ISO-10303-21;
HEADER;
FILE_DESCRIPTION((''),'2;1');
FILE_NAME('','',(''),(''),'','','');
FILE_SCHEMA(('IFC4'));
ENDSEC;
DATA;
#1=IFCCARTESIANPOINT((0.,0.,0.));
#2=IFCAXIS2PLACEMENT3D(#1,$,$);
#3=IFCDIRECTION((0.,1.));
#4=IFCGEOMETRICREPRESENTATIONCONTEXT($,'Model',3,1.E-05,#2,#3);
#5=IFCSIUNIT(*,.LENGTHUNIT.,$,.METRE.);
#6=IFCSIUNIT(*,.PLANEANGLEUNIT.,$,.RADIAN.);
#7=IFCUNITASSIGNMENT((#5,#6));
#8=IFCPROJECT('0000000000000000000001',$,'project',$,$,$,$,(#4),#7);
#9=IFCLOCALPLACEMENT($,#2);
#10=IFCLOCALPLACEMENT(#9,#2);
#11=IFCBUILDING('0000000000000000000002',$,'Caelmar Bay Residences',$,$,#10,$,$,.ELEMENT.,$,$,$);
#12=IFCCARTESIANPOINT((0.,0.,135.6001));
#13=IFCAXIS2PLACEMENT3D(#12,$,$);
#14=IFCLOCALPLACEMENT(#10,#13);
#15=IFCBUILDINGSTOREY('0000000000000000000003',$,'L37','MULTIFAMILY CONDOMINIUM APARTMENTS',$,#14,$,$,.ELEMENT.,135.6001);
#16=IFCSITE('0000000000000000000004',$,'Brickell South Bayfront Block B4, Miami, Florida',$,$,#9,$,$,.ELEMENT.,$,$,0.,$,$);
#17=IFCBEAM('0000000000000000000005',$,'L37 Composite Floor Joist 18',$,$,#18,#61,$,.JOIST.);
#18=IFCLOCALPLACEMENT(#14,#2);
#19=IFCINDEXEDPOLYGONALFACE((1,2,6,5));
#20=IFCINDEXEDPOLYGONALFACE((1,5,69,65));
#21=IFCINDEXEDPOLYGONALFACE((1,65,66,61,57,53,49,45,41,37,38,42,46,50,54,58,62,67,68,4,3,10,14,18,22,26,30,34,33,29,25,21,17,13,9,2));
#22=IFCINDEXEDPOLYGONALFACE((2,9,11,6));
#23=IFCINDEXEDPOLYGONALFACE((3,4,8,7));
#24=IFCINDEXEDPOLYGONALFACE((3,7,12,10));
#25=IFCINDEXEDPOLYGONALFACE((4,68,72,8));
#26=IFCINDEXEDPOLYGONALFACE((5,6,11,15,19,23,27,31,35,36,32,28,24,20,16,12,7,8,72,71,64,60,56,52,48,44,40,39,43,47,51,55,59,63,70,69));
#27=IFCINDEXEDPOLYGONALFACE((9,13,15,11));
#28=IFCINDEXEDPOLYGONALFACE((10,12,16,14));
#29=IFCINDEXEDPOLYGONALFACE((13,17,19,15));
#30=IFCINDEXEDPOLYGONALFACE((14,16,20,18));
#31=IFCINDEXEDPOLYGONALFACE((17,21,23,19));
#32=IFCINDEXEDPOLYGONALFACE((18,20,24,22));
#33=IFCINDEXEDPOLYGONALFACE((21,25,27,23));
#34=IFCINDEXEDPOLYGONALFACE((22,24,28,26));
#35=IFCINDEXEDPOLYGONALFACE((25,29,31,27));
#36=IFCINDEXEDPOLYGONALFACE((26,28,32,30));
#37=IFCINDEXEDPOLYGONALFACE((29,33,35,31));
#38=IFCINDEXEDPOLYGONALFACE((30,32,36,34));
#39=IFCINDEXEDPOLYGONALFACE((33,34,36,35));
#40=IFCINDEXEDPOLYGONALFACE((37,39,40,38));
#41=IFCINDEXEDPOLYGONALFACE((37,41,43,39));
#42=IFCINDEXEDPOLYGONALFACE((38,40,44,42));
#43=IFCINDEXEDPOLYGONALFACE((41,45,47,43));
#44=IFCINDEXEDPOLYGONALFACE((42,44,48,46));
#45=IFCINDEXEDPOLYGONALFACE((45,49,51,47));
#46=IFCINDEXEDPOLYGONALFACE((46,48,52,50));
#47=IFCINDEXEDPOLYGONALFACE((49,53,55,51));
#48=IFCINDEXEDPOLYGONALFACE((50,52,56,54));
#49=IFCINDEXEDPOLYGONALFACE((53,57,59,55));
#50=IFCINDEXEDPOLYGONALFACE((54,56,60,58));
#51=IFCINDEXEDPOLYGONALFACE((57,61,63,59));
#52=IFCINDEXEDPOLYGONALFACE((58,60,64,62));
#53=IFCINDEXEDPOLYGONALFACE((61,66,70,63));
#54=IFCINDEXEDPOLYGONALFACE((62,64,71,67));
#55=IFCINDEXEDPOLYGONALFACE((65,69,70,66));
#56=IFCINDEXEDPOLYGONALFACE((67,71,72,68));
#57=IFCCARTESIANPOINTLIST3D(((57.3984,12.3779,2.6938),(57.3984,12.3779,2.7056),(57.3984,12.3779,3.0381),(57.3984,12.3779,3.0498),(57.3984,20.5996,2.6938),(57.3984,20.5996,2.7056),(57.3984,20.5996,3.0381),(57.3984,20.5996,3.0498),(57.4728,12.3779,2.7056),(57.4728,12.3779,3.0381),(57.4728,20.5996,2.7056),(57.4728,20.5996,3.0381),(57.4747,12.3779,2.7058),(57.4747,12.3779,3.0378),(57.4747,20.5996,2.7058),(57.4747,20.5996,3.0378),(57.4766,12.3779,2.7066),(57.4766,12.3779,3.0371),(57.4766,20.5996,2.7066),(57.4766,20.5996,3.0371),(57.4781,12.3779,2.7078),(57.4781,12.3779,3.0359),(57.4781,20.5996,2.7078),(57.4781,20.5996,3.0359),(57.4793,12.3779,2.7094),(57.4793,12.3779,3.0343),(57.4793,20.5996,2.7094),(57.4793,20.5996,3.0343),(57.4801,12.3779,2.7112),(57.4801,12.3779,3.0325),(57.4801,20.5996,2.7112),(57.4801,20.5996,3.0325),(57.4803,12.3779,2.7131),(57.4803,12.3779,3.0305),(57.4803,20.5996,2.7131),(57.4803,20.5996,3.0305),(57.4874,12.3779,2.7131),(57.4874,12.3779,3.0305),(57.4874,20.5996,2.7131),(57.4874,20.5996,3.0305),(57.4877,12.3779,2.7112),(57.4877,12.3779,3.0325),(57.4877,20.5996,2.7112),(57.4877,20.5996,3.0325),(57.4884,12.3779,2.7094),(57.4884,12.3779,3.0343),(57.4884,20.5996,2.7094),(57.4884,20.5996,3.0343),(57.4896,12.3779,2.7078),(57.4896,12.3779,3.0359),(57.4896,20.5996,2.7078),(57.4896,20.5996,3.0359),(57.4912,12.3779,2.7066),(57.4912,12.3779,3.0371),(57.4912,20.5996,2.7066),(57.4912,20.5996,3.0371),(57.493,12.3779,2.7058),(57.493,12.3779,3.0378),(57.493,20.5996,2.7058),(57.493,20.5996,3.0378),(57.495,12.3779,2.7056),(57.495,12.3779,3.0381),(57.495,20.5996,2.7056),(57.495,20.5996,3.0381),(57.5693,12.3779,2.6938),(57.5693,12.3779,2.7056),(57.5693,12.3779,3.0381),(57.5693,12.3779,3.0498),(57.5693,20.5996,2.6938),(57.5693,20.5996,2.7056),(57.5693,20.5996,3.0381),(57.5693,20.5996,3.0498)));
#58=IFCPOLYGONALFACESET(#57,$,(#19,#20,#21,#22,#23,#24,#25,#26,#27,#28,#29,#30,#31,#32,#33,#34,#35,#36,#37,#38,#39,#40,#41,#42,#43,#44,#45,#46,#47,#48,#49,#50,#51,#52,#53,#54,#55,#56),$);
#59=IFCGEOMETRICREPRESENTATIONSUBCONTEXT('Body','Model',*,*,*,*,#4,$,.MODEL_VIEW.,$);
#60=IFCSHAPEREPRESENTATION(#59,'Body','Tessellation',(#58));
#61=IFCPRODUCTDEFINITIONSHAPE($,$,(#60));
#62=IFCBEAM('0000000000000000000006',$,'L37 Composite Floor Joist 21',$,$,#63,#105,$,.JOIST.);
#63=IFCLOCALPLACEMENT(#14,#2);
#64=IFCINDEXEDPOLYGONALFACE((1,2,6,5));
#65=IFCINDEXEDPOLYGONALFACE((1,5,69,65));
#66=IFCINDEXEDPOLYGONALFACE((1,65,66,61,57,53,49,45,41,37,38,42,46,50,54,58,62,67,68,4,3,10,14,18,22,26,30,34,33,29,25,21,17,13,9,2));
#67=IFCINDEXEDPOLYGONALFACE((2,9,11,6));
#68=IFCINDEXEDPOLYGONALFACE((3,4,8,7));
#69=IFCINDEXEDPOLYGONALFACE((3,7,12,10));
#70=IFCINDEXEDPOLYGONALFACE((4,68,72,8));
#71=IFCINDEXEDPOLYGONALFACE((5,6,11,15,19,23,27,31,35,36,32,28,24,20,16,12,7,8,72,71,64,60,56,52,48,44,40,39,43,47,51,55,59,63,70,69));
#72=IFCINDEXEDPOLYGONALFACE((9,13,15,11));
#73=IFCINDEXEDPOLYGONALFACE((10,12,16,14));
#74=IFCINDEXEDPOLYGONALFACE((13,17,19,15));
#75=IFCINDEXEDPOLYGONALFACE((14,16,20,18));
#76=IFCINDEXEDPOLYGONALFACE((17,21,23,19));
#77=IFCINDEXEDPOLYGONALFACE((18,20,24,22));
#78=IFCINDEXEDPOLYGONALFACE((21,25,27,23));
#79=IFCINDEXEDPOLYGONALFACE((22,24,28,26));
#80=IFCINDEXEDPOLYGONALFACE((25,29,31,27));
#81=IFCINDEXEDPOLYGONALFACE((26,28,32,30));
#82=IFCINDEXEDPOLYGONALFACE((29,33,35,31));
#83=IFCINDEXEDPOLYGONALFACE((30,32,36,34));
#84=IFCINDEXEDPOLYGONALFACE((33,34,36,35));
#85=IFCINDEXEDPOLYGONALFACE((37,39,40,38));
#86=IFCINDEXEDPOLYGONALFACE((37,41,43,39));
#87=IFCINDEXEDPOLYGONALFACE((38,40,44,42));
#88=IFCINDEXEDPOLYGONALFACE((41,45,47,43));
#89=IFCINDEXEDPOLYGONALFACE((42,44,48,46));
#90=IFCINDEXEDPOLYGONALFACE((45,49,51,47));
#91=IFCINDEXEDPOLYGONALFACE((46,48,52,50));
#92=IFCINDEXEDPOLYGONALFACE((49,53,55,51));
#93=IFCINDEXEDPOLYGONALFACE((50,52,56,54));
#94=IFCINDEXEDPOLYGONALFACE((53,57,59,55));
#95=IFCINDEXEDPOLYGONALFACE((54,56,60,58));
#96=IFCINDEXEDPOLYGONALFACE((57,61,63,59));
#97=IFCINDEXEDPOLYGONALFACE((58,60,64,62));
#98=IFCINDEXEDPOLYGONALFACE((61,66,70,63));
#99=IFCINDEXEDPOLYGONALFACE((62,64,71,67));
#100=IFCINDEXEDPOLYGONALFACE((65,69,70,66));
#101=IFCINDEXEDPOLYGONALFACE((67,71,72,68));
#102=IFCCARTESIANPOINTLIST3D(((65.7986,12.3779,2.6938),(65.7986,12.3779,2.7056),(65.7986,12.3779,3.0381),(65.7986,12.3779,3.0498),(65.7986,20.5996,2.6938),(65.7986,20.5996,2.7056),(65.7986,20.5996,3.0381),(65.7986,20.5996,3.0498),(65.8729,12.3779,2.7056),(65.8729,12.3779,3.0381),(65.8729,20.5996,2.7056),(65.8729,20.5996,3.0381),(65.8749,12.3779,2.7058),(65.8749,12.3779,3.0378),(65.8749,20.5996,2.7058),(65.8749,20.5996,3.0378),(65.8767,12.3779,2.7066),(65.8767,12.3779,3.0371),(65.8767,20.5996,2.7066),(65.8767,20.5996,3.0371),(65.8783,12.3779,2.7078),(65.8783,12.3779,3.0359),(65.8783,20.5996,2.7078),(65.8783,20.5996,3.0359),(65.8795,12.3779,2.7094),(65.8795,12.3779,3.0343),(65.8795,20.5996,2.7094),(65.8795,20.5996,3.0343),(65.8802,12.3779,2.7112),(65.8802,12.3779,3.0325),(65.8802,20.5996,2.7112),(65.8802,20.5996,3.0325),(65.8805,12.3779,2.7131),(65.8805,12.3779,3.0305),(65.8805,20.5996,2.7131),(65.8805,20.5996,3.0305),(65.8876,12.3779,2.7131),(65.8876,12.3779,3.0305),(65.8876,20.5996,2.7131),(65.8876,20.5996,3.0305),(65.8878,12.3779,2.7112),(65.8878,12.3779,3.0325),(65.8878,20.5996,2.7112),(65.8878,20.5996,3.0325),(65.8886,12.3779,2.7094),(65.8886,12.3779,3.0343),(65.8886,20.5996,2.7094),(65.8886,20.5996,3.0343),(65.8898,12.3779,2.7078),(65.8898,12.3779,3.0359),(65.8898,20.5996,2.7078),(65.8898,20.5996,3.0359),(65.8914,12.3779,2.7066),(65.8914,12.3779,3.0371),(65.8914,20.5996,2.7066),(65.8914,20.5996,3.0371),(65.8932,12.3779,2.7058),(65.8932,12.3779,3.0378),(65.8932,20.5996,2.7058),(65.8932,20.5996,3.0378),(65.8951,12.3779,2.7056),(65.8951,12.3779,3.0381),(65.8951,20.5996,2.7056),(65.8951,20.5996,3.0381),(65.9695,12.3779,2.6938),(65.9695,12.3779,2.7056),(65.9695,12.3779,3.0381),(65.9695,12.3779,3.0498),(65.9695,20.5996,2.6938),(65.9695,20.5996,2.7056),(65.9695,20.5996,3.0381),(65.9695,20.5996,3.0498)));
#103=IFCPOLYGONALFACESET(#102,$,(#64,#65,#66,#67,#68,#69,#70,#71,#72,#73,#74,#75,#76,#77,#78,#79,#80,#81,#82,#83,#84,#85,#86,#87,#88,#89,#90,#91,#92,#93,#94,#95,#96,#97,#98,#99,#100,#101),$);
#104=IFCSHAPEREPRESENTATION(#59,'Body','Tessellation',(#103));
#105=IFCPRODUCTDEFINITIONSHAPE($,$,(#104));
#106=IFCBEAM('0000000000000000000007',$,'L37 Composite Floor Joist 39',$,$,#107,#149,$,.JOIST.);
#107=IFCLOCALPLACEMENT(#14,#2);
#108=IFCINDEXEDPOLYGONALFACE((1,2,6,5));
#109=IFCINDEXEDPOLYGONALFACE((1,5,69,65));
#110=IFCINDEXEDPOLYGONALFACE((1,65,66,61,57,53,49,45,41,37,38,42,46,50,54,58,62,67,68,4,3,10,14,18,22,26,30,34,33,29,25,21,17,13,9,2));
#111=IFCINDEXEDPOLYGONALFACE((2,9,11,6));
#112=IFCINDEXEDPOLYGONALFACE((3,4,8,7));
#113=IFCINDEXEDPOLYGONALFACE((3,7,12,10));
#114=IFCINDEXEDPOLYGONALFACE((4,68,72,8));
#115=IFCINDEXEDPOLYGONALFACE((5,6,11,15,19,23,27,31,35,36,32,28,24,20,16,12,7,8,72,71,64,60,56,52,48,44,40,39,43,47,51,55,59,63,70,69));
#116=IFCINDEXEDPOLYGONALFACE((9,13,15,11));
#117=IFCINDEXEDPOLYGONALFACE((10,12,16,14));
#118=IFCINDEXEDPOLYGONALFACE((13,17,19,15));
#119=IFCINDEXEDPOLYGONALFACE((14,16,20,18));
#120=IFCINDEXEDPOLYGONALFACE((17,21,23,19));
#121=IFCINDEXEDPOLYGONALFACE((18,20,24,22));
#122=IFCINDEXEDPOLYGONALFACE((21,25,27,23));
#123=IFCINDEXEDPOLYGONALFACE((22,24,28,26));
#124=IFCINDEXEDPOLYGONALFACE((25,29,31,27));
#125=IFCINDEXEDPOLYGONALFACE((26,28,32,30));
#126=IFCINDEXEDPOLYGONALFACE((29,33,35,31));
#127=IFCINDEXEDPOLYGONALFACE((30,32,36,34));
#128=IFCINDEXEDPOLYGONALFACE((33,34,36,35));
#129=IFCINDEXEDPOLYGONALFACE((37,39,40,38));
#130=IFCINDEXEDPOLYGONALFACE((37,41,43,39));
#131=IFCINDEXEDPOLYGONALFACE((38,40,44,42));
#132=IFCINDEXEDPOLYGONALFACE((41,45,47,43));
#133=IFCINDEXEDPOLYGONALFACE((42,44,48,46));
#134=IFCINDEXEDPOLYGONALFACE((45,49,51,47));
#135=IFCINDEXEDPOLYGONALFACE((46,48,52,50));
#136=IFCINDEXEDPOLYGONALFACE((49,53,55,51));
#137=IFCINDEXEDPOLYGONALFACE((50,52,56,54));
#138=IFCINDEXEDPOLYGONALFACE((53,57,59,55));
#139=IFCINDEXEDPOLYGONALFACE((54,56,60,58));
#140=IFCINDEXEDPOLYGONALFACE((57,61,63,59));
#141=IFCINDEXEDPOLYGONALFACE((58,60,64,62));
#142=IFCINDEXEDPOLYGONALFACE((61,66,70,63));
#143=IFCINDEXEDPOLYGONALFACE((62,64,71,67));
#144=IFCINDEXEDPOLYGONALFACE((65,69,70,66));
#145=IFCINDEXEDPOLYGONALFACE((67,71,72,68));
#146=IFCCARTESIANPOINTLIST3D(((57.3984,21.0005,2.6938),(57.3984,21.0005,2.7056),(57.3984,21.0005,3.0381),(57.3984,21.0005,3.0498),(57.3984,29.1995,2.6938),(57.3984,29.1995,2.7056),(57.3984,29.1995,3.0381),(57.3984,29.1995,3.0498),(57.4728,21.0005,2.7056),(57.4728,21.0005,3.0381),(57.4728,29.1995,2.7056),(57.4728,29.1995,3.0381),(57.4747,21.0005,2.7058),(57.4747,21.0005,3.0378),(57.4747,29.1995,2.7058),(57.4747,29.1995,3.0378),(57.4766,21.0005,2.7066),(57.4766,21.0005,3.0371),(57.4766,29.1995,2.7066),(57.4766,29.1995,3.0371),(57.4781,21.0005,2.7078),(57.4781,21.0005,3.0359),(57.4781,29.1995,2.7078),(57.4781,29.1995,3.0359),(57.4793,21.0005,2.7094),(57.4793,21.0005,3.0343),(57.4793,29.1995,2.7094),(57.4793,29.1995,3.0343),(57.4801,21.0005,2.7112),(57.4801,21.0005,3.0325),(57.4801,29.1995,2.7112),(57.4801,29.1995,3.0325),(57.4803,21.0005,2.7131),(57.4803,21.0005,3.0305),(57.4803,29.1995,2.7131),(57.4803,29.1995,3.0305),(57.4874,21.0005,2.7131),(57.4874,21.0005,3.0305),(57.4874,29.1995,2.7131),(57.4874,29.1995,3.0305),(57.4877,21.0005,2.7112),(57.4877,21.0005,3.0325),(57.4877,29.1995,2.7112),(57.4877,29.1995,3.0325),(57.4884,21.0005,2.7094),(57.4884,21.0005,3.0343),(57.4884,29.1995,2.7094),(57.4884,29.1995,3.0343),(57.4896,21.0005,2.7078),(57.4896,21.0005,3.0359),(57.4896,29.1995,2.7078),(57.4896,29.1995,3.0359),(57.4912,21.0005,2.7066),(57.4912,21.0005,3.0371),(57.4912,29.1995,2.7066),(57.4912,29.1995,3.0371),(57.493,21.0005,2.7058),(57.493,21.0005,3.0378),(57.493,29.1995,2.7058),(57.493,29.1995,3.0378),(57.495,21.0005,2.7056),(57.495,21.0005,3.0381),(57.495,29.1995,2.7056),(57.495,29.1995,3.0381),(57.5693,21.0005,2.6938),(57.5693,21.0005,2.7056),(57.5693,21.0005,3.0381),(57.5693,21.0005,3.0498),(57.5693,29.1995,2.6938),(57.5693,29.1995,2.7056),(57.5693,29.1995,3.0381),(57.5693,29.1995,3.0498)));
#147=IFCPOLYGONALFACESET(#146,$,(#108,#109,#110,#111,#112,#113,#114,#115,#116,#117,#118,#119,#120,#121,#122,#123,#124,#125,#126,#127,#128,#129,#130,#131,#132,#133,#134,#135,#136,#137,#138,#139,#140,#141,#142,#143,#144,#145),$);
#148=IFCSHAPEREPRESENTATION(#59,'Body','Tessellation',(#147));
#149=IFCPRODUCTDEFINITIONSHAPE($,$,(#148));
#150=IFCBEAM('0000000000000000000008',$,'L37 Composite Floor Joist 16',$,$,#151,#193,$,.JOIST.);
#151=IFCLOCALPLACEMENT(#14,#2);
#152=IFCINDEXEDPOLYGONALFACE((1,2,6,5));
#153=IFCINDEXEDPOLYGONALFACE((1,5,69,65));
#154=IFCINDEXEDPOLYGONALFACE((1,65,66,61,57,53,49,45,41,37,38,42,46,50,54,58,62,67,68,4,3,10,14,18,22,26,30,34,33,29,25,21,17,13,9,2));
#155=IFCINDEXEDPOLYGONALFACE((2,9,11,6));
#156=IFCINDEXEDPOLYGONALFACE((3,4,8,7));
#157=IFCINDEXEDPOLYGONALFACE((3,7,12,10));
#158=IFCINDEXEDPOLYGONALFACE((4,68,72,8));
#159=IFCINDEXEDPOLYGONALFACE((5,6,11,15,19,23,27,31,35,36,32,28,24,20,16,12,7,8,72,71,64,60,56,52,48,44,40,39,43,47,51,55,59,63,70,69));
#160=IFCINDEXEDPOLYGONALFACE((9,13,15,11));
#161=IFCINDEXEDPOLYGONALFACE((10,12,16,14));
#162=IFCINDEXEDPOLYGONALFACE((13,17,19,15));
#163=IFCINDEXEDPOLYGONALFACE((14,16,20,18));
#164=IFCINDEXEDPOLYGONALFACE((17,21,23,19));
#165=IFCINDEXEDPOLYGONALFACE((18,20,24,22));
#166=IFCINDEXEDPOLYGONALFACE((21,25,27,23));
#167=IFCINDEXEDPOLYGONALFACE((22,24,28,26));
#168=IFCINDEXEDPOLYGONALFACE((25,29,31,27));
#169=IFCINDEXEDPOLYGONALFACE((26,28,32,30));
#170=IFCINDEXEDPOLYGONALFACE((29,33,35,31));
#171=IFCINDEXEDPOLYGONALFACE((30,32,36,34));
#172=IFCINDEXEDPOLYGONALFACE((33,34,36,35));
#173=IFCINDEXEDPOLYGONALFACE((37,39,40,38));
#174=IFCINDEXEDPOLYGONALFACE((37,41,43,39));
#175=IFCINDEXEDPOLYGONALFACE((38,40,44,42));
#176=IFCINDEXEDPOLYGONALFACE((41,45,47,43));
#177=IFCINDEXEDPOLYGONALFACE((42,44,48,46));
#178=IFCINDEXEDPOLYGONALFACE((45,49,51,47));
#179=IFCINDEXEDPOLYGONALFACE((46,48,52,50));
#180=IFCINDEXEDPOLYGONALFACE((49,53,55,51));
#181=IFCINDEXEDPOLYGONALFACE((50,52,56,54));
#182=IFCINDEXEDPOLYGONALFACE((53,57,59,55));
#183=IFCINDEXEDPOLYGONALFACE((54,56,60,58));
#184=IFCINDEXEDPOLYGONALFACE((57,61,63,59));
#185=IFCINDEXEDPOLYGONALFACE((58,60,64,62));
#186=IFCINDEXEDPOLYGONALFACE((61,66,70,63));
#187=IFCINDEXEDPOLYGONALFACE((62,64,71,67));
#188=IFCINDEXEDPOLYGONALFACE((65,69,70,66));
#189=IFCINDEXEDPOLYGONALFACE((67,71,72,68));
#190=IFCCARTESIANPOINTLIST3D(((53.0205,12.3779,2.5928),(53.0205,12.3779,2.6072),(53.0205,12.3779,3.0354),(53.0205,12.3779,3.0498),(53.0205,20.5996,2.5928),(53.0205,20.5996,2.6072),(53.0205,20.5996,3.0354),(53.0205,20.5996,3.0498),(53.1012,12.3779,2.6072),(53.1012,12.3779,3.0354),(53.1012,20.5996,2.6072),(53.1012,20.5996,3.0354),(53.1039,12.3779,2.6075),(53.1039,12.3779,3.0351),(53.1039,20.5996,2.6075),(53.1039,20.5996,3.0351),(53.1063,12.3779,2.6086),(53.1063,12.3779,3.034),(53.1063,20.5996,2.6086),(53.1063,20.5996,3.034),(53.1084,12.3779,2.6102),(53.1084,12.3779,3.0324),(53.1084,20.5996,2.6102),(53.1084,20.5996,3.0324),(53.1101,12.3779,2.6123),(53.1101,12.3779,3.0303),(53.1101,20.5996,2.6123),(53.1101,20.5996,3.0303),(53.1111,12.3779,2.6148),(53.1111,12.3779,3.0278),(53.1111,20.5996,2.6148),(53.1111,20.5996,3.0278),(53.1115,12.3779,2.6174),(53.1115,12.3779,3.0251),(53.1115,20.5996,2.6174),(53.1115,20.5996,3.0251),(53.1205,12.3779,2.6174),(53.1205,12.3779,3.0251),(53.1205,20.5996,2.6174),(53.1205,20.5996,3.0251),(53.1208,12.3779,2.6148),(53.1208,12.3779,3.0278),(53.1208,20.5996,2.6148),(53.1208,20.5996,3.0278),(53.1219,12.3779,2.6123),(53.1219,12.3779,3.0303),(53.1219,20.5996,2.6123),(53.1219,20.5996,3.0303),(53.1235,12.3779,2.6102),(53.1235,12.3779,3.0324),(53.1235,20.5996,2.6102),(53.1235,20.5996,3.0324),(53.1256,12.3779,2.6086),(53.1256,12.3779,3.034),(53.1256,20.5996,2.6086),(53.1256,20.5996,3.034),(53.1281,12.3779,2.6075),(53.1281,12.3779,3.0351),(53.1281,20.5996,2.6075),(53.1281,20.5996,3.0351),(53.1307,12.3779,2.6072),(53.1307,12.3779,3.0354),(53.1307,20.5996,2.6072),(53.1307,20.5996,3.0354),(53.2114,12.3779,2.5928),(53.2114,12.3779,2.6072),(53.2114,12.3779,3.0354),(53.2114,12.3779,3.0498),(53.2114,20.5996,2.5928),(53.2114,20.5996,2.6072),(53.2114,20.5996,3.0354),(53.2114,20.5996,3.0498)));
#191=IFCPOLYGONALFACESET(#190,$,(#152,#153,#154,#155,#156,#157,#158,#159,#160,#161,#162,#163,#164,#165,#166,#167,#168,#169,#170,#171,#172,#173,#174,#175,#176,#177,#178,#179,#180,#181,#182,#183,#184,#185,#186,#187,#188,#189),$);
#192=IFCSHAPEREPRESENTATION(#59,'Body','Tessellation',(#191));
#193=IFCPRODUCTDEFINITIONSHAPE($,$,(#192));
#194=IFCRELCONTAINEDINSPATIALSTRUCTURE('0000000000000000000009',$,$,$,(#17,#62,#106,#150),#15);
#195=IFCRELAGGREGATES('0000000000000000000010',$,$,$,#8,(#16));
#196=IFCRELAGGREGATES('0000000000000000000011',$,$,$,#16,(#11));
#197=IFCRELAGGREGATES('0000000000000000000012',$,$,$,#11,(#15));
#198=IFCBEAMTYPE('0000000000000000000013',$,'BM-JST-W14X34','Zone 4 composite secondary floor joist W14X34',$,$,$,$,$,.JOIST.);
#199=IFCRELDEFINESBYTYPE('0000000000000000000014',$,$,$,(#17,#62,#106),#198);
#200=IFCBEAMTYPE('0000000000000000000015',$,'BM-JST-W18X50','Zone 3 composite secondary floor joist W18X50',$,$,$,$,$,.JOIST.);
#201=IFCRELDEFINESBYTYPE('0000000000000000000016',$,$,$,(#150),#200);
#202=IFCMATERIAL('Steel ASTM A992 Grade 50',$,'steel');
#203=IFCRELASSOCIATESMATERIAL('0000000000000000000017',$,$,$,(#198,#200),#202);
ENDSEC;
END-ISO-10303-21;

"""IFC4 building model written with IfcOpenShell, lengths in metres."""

from ifc_helpers import new_model, si_unit, direction, frame, origin, origin_2d, place, context, subcontext, project, spatial, i_section, extrude, material, material_profile, profile_set, type_object, element, save


model = new_model("IFC4")

# Units and contexts
model_context = context("Model", 3, precision=1e-05, world=origin(), true_north=direction((0.0, 1.0)))
body_context = subcontext(model_context, "Body", "Model", "MODEL_VIEW")
ifc_project = project(units=[si_unit("LENGTHUNIT", "METRE"), si_unit("PLANEANGLEUNIT", "RADIAN")], contexts=[model_context])

# Site, building, storey
site_placement = place(None, origin())
site = spatial("IfcSite", under=ifc_project, at=site_placement, Name="Brickell South Bayfront Block B4, Miami, Florida", CompositionType="ELEMENT", RefElevation=0.0)
building_placement = place(site_placement, origin())
building = spatial("IfcBuilding", under=site, at=building_placement, Name="Caelmar Bay Residences", CompositionType="ELEMENT")
storey_placement = place(building_placement, frame((0.0, 0.0, 135.6001)))
storey = spatial("IfcBuildingStorey", under=building, at=storey_placement, Name="L37", Description="MULTIFAMILY CONDOMINIUM APARTMENTS", CompositionType="ELEMENT", Elevation=135.6001)

# Beams
ifc_material_1 = material(Name="Steel ASTM A992 Grade 50", Category="steel")
ifc_material_profile_1 = material_profile(ifc_material_1, i_section(OverallWidth=0.1709, OverallDepth=0.356, WebThickness=0.0071, FlangeThickness=0.0117, FilletRadius=0.0076, at=origin_2d()), Name="W14X34")
ifc_profile_set_1 = profile_set([ifc_material_profile_1], Name="Steel ASTM A992 Grade 50")
beam_type_1 = type_object("IfcBeamType", Name="BM-JST-W14X34", Description="Zone 4 composite secondary floor joist W14X34", PredefinedType="JOIST", material=ifc_profile_set_1)
for number, where, z_axis, x_axis, name in (
    (1, (57.4839, 12.3779, 2.8718), (0.0, 1.0, 0.0), (-1.0, 0.0, 0.0), "L37 Composite Floor Joist 18"),
    (2, (65.884, 12.3779, 2.8718), (0.0, 1.0, 0.0), (-1.0, 0.0, 0.0), "L37 Composite Floor Joist 21"),
):
    element("IfcBeam", number, at=place(storey_placement, frame(where, z_axis=z_axis, x_axis=x_axis)), inside=storey, type_object=beam_type_1, Name=name, PredefinedType="JOIST", context=body_context, shape_type="SweptSolid", body=[
        extrude(i_section(OverallWidth=0.1709, OverallDepth=0.356, WebThickness=0.0071, FlangeThickness=0.0117, FilletRadius=0.0076, at=origin_2d()), origin(), (0.0, 0.0, 1.0), 8.2217),
    ])
beam_1_placement = place(storey_placement, frame((57.4839, 21.0005, 2.8718), z_axis=(0.0, 1.0, 0.0), x_axis=(-1.0, 0.0, 0.0)))
element("IfcBeam", 3, at=beam_1_placement, inside=storey, type_object=beam_type_1, Name="L37 Composite Floor Joist 39", PredefinedType="JOIST", context=body_context, shape_type="SweptSolid", body=[
    extrude(i_section(OverallWidth=0.1709, OverallDepth=0.356, WebThickness=0.0071, FlangeThickness=0.0117, FilletRadius=0.0076, at=origin_2d()), origin(), (0.0, 0.0, 1.0), 8.199),
])
ifc_material_profile_2 = material_profile(ifc_material_1, i_section(OverallWidth=0.1909, OverallDepth=0.457, WebThickness=0.009, FlangeThickness=0.0144, FilletRadius=0.0103, at=origin_2d()), Name="W18X50")
ifc_profile_set_2 = profile_set([ifc_material_profile_2], Name="Steel ASTM A992 Grade 50")
beam_type_2 = type_object("IfcBeamType", Name="BM-JST-W18X50", Description="Zone 3 composite secondary floor joist W18X50", PredefinedType="JOIST", material=ifc_profile_set_2)
for number, where, z_axis, x_axis, name in (
    (4, (53.116, 12.3779, 2.8213), (0.0, 1.0, 0.0), (-1.0, 0.0, 0.0), "L37 Composite Floor Joist 16"),
):
    element("IfcBeam", number, at=place(storey_placement, frame(where, z_axis=z_axis, x_axis=x_axis)), inside=storey, type_object=beam_type_2, Name=name, PredefinedType="JOIST", context=body_context, shape_type="SweptSolid", body=[
        extrude(i_section(OverallWidth=0.1909, OverallDepth=0.457, WebThickness=0.009, FlangeThickness=0.0144, FilletRadius=0.0103, at=origin_2d()), origin(), (0.0, 0.0, 1.0), 8.2217),
    ])

save(model, "model.ifc")
